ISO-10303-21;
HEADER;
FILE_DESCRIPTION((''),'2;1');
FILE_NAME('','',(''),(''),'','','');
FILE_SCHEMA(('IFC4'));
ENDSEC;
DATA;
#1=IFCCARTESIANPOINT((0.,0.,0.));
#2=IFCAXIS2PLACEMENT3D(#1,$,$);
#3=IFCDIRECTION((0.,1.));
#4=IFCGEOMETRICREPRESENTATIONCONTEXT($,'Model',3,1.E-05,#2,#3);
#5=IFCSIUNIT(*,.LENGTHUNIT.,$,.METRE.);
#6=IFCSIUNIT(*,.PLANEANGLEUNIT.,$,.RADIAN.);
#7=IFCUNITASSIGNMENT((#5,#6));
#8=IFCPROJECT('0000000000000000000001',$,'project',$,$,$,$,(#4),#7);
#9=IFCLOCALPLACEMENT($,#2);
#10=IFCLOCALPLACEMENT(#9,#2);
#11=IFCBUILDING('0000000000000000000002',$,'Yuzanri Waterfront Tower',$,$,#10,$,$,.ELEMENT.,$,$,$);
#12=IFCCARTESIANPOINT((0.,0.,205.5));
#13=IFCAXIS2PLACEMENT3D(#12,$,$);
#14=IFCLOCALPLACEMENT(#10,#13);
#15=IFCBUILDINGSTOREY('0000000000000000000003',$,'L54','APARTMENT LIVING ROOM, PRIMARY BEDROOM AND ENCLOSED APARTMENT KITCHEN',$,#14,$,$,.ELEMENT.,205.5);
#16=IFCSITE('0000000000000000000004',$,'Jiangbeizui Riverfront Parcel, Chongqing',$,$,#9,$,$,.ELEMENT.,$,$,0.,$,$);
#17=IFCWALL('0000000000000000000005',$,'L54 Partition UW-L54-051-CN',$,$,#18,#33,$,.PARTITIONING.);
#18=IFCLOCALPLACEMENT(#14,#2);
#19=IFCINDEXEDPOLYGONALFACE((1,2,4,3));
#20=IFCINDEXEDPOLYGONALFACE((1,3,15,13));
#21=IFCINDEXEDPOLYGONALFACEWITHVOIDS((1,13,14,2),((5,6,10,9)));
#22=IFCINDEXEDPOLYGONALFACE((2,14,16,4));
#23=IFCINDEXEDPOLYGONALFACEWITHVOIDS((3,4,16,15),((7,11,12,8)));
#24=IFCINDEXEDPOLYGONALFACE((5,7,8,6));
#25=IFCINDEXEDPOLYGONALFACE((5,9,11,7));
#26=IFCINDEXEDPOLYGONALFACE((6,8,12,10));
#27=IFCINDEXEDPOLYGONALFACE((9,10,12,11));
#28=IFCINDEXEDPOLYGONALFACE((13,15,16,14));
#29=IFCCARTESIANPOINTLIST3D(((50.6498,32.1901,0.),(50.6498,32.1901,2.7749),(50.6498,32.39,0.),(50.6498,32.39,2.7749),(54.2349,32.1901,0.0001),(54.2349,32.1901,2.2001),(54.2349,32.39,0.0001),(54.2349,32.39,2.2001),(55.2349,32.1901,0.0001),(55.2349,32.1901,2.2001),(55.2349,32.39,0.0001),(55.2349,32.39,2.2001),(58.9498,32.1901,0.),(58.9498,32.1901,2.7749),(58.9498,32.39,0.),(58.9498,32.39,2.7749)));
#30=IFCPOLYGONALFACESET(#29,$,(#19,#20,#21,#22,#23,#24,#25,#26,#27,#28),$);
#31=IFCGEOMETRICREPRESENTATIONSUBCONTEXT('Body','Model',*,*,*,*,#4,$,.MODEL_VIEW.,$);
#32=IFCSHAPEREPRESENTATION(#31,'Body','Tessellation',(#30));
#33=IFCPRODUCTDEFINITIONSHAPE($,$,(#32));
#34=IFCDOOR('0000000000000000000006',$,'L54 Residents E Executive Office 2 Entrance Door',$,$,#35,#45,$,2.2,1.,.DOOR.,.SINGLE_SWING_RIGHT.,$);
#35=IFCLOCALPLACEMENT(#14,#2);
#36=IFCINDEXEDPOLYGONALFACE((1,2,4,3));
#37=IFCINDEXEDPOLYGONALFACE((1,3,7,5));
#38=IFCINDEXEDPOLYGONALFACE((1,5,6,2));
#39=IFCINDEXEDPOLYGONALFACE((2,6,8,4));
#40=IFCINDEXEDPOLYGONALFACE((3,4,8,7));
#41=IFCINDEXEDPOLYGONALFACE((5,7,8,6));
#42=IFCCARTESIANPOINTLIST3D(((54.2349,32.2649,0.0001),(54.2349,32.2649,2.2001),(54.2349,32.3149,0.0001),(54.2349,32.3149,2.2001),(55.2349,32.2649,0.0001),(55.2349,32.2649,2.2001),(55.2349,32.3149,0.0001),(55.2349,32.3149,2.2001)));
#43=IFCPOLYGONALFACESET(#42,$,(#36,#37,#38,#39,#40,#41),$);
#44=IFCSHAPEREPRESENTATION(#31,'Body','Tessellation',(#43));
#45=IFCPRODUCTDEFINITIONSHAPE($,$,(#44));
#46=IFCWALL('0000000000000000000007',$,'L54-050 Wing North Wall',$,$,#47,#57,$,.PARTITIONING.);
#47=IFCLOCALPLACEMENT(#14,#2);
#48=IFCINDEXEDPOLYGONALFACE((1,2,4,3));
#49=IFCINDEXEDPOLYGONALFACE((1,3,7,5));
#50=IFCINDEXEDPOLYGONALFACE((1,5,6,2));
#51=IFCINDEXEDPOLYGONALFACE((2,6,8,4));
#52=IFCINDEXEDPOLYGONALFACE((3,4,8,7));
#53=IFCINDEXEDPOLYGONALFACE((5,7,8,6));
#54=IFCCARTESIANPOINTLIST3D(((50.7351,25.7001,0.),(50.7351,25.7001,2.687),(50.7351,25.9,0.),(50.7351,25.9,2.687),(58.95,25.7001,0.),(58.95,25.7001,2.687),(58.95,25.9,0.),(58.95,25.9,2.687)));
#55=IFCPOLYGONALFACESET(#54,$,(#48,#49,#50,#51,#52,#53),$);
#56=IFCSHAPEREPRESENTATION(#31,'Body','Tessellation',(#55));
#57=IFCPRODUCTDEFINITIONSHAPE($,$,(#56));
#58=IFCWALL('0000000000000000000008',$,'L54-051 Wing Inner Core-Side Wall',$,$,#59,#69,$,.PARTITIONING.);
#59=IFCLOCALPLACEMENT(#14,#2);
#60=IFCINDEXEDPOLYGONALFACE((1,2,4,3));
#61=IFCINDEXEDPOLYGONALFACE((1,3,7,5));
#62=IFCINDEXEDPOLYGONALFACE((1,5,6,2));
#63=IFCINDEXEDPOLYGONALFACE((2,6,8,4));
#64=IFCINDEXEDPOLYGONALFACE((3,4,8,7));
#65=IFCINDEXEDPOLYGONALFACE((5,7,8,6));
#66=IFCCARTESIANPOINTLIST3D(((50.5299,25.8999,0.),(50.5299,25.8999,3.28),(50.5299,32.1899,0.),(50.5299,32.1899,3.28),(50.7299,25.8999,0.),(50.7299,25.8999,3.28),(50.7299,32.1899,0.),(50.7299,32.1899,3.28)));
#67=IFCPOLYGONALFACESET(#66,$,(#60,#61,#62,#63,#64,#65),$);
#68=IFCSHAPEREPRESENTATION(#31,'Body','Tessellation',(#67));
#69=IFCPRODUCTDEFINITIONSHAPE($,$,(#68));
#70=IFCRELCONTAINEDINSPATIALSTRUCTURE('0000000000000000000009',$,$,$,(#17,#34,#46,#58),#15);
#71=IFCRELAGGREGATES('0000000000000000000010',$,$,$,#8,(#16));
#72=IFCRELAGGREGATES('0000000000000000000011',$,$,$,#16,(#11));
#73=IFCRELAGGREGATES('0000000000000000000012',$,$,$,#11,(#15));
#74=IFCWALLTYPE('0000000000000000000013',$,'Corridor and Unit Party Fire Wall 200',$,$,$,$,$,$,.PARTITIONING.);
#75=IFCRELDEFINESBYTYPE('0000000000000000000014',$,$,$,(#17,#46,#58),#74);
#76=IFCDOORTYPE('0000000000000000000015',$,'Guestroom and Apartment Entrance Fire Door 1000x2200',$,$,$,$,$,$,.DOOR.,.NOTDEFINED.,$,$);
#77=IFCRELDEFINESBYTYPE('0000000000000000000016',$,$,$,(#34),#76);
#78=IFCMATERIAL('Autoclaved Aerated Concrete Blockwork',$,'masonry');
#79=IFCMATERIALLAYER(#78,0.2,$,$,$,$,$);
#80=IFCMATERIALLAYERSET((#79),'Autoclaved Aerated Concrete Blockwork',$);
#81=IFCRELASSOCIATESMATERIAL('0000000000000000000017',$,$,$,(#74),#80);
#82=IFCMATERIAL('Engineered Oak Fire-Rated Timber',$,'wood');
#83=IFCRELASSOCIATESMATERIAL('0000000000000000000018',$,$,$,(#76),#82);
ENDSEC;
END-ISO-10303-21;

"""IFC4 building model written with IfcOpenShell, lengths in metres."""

from ifc_helpers import new_model, si_unit, direction, frame, frame_2d, origin, place, context, subcontext, project, spatial, rectangle, extrude, source, transform, mapped, material, layer, layer_set, type_object, element, fill, save


model = new_model("IFC4")

# Units and contexts
model_context = context("Model", 3, precision=1e-05, world=origin(), true_north=direction((0.0, 1.0)))
body_context = subcontext(model_context, "Body", "Model", "MODEL_VIEW")
ifc_project = project(units=[si_unit("LENGTHUNIT", "METRE"), si_unit("PLANEANGLEUNIT", "RADIAN")], contexts=[model_context])

# Site, building, storey
site_placement = place(None, origin())
site = spatial("IfcSite", under=ifc_project, at=site_placement, Name="Jiangbeizui Riverfront Parcel, Chongqing", CompositionType="ELEMENT", RefElevation=0.0)
building_placement = place(site_placement, origin())
building = spatial("IfcBuilding", under=site, at=building_placement, Name="Yuzanri Waterfront Tower", CompositionType="ELEMENT")
storey_placement = place(building_placement, frame((0.0, 0.0, 205.5)))
storey = spatial("IfcBuildingStorey", under=building, at=storey_placement, Name="L54", Description="APARTMENT LIVING ROOM, PRIMARY BEDROOM AND ENCLOSED APARTMENT KITCHEN", CompositionType="ELEMENT", Elevation=205.5)

# Wall, opening, door
ifc_material_1 = material(Name="Autoclaved Aerated Concrete Blockwork", Category="masonry")
ifc_layer_1 = layer(ifc_material_1, 0.2)
ifc_layer_set_1 = layer_set([ifc_layer_1], Name="Autoclaved Aerated Concrete Blockwork")
wall_type = type_object("IfcWallType", Name="Corridor and Unit Party Fire Wall 200", PredefinedType="PARTITIONING", material=ifc_layer_set_1)
wall_1_placement = place(storey_placement, frame((50.6499, 32.29, 0.0), z_axis=(0.0, 0.0, 1.0), x_axis=(1.0, 0.0, 0.0)))
wall_1 = element("IfcWall", 1, at=wall_1_placement, inside=storey, type_object=wall_type, Name="L54 Partition UW-L54-051-CN", PredefinedType="PARTITIONING", context=body_context, shape_type="SweptSolid", body=[
    extrude(rectangle(XDim=8.3, YDim=0.2, at=frame_2d((4.1499, 0.0))), origin(), (0.0, 0.0, 1.0), 2.7749),
])
opening_placement = place(wall_1_placement, frame((3.585, 0.0, 0.0)))
opening = element("IfcOpeningElement", 2, at=opening_placement, cuts=wall_1, PredefinedType="OPENING", context=body_context, shape_type="SweptSolid", body=[
    extrude(rectangle(XDim=1.0, YDim=2.2, at=frame_2d((0.5, 1.1001))), frame((0.0, 0.1147, 0.0), z_axis=(0.0, -1.0, 0.0), x_axis=(1.0, 0.0, 0.0)), (0.0, 0.0, 1.0), 0.2297),
])
ifc_material_2 = material(Name="Engineered Oak Fire-Rated Timber", Category="wood")
door_type = type_object("IfcDoorType", Name="Guestroom and Apartment Entrance Fire Door 1000x2200", OperationType="NOTDEFINED", PredefinedType="DOOR", material=ifc_material_2)
shared_shape_1 = source(origin(), body_context, "Body", "SweptSolid", [
    extrude(rectangle(XDim=1.0, YDim=2.2, at=frame_2d((0.5, 1.1001))), frame((0.0, 0.0249, 0.0), z_axis=(0.0, -1.0, 0.0), x_axis=(1.0, 0.0, 0.0)), (0.0, 0.0, 1.0), 0.05),
])
door_placement = place(opening_placement, origin())
door = element("IfcDoor", 3, at=door_placement, inside=storey, type_object=door_type, Name="L54 Residents E Executive Office 2 Entrance Door", OperationType="SINGLE_SWING_RIGHT", OverallHeight=2.2, OverallWidth=1.0, PredefinedType="DOOR", context=body_context, shape_type="MappedRepresentation", body=[
    mapped(shared_shape_1, transform((0.0, 0.0, 0.0), scale=1.0)),
])
fill(opening, door)

# Walls
shared_shape_2 = source(origin(), body_context, "Body", "SweptSolid", [
    extrude(rectangle(XDim=8.2148, YDim=0.2, at=frame_2d((4.1074, 0.0))), origin(), (0.0, 0.0, 1.0), 2.687),
])
wall_2_placement = place(storey_placement, frame((50.7351, 25.8, 0.0), z_axis=(0.0, 0.0, 1.0), x_axis=(1.0, 0.0, 0.0)))
element("IfcWall", 4, at=wall_2_placement, inside=storey, type_object=wall_type, Name="L54-050 Wing North Wall", PredefinedType="PARTITIONING", context=body_context, shape_type="MappedRepresentation", body=[
    mapped(shared_shape_2, transform((0.0, 0.0, 0.0), scale=1.0)),
])
shared_shape_3 = source(origin(), body_context, "Body", "SweptSolid", [
    extrude(rectangle(XDim=6.29, YDim=0.2, at=frame_2d((3.145, 0.0))), origin(), (0.0, 0.0, 1.0), 3.28),
])
wall_3_placement = place(storey_placement, frame((50.6299, 25.8999, 0.0), z_axis=(0.0, 0.0, 1.0), x_axis=(0.0, 1.0, 0.0)))
element("IfcWall", 5, at=wall_3_placement, inside=storey, type_object=wall_type, Name="L54-051 Wing Inner Core-Side Wall", PredefinedType="PARTITIONING", context=body_context, shape_type="MappedRepresentation", body=[
    mapped(shared_shape_3, transform((0.0, 0.0, 0.0), scale=1.0)),
])

save(model, "model.ifc")
